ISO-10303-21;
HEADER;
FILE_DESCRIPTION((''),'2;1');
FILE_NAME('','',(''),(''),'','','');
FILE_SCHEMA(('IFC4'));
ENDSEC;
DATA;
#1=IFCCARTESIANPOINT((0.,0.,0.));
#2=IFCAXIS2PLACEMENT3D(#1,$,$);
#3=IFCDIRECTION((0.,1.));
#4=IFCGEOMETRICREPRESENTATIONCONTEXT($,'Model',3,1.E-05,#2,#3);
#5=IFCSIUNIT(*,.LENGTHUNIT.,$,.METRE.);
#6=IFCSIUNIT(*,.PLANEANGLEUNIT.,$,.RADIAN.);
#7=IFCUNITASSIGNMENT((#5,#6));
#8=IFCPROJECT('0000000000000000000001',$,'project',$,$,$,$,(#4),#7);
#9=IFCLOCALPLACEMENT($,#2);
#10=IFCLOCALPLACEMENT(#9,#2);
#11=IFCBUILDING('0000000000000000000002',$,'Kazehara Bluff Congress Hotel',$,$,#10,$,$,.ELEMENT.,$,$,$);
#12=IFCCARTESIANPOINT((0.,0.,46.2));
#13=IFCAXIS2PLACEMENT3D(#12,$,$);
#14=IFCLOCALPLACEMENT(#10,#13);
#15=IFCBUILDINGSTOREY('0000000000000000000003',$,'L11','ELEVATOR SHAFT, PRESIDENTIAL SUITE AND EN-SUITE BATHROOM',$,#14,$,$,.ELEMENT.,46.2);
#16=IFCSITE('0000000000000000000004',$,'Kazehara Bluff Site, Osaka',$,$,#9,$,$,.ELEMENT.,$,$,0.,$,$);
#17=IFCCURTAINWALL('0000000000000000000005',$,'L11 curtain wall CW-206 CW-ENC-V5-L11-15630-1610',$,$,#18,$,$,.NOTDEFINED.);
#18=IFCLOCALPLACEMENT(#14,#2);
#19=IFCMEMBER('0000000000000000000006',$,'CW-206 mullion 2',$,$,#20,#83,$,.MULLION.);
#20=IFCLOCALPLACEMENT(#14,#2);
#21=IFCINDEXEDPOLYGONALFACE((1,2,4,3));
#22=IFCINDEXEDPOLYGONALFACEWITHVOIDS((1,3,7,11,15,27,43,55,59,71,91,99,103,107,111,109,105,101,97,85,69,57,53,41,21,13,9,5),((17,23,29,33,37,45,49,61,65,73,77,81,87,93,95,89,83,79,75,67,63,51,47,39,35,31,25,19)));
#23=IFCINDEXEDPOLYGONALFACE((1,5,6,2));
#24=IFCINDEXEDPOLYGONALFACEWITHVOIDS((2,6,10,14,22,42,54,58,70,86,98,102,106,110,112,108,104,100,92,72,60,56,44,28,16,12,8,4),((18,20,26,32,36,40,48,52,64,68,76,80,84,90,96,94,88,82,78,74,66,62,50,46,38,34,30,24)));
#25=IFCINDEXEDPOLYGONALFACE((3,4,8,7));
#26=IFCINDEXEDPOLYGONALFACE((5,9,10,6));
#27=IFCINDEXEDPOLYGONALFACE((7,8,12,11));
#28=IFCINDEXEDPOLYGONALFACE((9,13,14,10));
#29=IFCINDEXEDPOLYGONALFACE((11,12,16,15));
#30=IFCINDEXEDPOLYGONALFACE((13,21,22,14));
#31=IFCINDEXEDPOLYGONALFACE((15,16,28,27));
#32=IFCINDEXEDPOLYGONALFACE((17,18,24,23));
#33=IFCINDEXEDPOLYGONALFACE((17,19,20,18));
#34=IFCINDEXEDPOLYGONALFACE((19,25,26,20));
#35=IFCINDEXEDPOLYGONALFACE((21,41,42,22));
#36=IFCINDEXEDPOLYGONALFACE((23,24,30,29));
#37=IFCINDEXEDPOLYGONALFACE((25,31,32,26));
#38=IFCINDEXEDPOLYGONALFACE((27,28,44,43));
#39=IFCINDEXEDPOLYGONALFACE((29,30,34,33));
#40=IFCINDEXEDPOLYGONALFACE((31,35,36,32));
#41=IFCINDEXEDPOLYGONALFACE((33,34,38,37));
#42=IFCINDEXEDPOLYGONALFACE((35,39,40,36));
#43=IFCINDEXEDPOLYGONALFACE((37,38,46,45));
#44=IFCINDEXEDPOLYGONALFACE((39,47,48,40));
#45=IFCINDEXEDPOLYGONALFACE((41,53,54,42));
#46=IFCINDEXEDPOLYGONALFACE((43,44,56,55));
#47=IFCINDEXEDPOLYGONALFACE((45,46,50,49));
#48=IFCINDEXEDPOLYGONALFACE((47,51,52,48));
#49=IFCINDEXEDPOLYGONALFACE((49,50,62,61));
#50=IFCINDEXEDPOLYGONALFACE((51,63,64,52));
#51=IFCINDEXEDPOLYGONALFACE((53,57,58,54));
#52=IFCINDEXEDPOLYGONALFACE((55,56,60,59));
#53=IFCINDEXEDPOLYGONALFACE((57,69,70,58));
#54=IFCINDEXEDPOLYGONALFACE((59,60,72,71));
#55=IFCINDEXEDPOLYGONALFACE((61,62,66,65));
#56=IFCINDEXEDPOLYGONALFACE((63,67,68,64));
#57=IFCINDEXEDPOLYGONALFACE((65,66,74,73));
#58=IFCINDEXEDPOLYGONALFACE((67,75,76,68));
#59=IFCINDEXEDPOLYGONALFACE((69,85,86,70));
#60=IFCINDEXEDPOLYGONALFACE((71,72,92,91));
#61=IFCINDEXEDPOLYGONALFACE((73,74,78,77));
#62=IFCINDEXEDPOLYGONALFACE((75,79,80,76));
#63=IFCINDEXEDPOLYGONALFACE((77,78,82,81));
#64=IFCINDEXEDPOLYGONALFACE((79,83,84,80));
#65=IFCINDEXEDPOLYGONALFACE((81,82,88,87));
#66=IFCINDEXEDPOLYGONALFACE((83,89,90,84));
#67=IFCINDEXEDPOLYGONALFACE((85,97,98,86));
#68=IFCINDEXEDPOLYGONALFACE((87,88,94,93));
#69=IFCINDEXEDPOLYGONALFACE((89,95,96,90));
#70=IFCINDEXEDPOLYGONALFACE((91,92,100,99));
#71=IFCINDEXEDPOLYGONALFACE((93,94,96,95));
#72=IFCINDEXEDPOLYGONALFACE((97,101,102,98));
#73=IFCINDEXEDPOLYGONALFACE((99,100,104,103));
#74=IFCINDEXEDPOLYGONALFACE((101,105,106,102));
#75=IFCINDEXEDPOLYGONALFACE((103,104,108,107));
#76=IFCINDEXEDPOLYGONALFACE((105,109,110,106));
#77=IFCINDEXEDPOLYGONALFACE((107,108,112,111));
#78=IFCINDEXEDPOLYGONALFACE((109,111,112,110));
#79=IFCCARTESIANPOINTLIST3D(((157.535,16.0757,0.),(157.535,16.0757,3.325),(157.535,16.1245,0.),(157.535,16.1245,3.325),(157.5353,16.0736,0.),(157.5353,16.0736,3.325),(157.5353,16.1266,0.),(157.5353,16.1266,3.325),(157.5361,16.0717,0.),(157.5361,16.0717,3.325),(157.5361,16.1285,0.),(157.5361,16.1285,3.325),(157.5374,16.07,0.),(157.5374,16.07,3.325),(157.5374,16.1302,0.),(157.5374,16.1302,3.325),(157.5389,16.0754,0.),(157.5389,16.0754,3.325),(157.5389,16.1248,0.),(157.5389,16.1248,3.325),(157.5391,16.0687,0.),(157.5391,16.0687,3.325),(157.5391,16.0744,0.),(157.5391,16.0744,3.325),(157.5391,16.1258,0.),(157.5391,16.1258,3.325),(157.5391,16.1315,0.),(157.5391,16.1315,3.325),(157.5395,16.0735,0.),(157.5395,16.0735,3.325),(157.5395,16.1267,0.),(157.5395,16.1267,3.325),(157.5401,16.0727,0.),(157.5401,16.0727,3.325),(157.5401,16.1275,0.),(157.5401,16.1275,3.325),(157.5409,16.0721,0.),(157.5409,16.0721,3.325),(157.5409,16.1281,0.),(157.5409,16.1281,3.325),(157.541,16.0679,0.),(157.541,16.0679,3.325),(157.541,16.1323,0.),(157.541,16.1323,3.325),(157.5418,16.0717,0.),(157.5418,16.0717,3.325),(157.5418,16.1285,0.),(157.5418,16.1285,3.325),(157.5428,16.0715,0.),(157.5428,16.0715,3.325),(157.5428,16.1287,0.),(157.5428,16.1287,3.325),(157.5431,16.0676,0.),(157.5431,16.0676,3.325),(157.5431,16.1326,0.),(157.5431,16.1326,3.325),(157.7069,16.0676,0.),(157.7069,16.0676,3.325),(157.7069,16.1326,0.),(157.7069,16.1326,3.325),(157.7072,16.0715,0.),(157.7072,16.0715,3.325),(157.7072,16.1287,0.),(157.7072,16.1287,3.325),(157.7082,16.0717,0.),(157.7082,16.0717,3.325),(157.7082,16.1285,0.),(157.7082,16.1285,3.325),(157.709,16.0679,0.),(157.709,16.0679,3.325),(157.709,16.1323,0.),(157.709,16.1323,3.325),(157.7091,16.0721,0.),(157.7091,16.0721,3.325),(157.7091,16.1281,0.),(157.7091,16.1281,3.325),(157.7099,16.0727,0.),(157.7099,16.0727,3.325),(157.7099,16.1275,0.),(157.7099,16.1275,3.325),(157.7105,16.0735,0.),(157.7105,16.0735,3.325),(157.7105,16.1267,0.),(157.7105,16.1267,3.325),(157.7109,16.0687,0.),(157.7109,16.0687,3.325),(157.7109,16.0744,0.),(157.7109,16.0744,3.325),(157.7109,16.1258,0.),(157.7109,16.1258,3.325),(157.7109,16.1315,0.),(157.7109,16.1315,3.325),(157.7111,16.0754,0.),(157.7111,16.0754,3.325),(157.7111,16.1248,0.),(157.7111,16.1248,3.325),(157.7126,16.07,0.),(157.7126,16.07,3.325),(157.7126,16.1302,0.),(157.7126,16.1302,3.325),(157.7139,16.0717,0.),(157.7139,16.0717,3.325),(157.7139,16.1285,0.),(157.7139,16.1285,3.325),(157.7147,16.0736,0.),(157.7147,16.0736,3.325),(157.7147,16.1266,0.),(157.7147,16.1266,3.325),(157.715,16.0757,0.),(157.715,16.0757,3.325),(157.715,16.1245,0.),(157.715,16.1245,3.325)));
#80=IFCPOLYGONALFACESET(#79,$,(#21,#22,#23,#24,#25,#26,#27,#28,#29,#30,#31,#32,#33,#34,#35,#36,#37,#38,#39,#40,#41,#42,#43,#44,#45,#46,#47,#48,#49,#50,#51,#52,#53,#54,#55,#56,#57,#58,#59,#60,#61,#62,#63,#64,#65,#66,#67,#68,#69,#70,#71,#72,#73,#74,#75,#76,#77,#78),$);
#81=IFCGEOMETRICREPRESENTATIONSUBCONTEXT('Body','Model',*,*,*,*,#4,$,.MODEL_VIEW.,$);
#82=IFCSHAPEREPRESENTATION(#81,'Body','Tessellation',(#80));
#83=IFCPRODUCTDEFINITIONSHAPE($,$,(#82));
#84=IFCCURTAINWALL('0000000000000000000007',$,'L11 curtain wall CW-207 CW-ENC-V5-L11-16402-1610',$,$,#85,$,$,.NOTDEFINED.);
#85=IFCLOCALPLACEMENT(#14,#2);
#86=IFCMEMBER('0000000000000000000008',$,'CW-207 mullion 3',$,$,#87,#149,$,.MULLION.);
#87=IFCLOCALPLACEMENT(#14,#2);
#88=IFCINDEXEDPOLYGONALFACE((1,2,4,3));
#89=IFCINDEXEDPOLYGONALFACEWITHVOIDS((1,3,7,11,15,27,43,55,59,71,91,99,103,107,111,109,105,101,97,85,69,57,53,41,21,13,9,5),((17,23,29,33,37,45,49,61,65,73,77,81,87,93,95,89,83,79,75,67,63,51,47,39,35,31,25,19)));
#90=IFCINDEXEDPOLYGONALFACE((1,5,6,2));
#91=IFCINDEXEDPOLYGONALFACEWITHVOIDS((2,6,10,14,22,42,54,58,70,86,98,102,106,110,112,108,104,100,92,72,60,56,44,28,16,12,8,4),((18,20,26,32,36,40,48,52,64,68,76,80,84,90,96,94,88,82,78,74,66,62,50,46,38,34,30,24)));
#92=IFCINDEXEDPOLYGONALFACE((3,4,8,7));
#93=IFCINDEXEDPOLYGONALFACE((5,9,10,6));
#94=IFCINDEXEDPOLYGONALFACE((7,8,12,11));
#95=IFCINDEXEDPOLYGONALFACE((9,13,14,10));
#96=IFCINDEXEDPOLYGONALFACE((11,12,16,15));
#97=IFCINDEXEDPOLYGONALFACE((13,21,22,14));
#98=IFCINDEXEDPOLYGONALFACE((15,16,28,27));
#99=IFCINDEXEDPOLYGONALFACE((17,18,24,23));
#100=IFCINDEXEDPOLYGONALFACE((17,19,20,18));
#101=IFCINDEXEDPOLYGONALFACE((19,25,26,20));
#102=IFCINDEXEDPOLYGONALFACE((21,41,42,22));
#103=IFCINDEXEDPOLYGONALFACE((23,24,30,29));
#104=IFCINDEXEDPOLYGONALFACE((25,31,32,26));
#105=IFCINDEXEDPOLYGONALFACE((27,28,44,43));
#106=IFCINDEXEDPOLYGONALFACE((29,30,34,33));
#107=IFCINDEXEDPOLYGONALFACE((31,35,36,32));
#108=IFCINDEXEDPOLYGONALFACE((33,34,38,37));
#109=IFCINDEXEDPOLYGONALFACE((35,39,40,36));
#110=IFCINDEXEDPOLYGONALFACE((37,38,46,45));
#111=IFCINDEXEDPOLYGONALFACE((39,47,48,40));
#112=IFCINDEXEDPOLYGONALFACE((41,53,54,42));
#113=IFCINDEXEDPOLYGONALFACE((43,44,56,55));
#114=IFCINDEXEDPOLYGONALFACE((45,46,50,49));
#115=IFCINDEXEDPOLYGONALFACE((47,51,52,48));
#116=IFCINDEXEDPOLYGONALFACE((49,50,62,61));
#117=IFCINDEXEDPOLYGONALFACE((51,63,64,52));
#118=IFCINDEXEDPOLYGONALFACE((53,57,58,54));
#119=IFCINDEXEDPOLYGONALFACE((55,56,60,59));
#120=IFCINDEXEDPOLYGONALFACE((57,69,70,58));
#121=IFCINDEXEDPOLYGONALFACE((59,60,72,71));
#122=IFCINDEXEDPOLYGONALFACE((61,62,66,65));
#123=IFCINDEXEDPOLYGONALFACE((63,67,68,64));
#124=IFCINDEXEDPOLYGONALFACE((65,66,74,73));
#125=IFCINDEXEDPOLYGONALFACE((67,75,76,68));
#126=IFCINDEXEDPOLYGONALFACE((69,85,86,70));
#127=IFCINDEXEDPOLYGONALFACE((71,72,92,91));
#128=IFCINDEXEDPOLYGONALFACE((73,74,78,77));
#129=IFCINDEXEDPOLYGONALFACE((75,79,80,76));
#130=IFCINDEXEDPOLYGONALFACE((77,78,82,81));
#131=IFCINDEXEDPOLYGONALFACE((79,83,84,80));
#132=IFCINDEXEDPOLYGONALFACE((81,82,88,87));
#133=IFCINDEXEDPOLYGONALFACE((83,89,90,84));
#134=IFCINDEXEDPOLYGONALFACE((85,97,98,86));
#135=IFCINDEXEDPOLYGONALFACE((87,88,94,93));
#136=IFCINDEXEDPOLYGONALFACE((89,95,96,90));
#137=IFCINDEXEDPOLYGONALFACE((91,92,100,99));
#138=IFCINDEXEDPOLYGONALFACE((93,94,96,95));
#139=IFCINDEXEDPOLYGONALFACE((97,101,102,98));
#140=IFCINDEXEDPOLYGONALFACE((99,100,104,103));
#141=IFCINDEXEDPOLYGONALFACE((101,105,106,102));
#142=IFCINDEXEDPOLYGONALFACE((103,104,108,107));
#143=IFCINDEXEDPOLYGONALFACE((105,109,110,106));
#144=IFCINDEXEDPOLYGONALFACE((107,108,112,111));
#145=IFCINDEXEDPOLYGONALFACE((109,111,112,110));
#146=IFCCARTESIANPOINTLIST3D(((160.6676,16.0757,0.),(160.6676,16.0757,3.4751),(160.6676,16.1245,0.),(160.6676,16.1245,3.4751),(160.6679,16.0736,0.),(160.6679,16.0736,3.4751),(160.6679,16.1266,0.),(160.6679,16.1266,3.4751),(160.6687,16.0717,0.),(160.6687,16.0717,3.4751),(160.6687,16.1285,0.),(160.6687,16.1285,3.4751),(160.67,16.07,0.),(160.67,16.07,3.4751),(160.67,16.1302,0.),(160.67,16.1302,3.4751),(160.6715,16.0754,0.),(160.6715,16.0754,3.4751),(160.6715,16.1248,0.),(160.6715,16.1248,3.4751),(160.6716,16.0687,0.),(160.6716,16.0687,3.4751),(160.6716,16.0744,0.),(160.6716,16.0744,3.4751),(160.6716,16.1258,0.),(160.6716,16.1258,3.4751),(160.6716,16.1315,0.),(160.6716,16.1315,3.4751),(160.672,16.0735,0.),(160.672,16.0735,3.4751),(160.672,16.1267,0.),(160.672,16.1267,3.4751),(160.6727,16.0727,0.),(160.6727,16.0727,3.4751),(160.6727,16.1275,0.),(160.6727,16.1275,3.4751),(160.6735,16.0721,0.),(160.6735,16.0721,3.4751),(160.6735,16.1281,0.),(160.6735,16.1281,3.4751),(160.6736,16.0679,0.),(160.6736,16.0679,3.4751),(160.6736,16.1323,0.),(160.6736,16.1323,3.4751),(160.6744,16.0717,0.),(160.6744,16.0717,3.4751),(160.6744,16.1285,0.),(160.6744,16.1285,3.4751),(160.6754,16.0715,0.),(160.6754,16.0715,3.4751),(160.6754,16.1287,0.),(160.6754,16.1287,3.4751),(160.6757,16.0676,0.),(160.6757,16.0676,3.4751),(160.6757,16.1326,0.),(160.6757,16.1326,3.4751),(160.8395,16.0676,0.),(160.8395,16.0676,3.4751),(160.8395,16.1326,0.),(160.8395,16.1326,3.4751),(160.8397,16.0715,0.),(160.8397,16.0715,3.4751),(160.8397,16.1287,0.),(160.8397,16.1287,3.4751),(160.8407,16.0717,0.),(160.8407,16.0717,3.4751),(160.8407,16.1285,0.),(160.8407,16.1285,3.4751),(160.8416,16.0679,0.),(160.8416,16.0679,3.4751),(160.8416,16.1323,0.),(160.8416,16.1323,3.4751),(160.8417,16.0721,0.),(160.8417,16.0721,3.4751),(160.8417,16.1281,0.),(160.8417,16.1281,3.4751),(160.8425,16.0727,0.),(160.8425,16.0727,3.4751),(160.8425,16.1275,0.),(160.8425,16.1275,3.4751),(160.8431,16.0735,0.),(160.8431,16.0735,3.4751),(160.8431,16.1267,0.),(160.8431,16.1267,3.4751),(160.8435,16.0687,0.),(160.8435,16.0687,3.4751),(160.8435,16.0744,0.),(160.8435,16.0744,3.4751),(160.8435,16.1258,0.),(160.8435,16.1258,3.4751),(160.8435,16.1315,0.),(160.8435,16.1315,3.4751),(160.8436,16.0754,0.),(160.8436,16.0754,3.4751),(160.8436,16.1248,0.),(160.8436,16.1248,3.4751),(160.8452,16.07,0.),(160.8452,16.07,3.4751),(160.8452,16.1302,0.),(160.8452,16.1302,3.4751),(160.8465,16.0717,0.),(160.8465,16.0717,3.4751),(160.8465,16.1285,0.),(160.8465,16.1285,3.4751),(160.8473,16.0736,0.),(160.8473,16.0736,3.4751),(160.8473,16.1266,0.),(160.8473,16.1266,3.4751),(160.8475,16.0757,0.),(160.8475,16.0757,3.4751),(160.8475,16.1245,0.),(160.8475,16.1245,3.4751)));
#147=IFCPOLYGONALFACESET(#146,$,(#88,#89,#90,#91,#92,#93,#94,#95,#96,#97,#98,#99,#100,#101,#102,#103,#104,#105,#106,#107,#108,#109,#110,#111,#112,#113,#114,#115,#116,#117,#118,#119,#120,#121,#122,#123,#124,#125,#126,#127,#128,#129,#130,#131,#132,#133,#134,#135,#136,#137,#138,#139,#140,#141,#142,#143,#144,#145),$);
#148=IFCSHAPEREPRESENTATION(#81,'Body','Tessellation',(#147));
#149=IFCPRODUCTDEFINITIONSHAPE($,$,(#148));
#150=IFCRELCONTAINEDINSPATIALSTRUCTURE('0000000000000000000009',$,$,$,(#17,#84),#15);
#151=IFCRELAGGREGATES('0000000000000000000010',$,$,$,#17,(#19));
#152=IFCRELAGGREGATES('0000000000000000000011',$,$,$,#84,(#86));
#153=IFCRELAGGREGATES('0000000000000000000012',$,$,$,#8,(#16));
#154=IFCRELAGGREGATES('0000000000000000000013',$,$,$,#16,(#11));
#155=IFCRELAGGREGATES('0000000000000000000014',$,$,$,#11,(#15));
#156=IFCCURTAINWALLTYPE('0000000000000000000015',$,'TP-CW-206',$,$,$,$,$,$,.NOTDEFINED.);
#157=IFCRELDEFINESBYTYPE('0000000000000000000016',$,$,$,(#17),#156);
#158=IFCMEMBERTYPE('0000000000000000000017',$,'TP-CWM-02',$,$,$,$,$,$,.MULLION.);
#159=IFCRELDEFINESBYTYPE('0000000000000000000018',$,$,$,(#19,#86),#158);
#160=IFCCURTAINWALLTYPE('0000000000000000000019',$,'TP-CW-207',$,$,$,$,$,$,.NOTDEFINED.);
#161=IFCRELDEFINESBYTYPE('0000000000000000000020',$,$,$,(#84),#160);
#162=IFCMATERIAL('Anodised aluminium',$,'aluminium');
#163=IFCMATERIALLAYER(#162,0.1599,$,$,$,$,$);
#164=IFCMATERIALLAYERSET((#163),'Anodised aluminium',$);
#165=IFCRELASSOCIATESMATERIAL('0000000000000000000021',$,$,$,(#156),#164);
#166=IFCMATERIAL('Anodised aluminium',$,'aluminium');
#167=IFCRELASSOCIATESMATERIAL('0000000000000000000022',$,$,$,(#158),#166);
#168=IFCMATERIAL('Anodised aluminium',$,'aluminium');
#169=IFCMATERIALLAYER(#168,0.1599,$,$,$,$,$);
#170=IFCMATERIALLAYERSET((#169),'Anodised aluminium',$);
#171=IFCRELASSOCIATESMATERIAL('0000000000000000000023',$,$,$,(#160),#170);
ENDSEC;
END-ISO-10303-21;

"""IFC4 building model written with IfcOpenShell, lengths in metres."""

from ifc_helpers import new_model, si_unit, direction, frame, origin, origin_2d, place, context, subcontext, project, spatial, hollow_rectangle, extrude, material, layer, layer_set, material_profile, profile_set, type_object, element, aggregate, save


model = new_model("IFC4")

# Units and contexts
model_context = context("Model", 3, precision=1e-05, world=origin(), true_north=direction((0.0, 1.0)))
body_context = subcontext(model_context, "Body", "Model", "MODEL_VIEW")
ifc_project = project(units=[si_unit("LENGTHUNIT", "METRE"), si_unit("PLANEANGLEUNIT", "RADIAN")], contexts=[model_context])

# Site, building, storey
site_placement = place(None, origin())
site = spatial("IfcSite", under=ifc_project, at=site_placement, Name="Kazehara Bluff Site, Osaka", CompositionType="ELEMENT", RefElevation=0.0)
building_placement = place(site_placement, origin())
building = spatial("IfcBuilding", under=site, at=building_placement, Name="Kazehara Bluff Congress Hotel", CompositionType="ELEMENT")
storey_placement = place(building_placement, frame((0.0, 0.0, 46.2)))
storey = spatial("IfcBuildingStorey", under=building, at=storey_placement, Name="L11", Description="ELEVATOR SHAFT, PRESIDENTIAL SUITE AND EN-SUITE BATHROOM", CompositionType="ELEMENT", Elevation=46.2)

# Curtain wall, member
ifc_material_1 = material(Name="Anodised aluminium", Category="aluminium")
ifc_layer_1 = layer(ifc_material_1, 0.1599)
ifc_layer_set_1 = layer_set([ifc_layer_1], Name="Anodised aluminium")
curtain_wall_type_1 = type_object("IfcCurtainWallType", Name="TP-CW-206", PredefinedType="NOTDEFINED", material=ifc_layer_set_1)
curtain_wall_1_placement = place(storey_placement, origin())
curtain_wall_1 = element("IfcCurtainWall", 1, at=curtain_wall_1_placement, inside=storey, type_object=curtain_wall_type_1, Name="L11 curtain wall CW-206 CW-ENC-V5-L11-15630-1610", PredefinedType="NOTDEFINED")
ifc_material_2 = material(Name="Anodised aluminium", Category="aluminium")
ifc_material_profile_1 = material_profile(ifc_material_2, hollow_rectangle(XDim=0.0649, YDim=0.1799, WallThickness=0.0039, InnerFilletRadius=0.0039, OuterFilletRadius=0.0081, at=origin_2d()))
ifc_profile_set_1 = profile_set([ifc_material_profile_1], Name="Anodised aluminium")
member_type_1 = type_object("IfcMemberType", Name="TP-CWM-02", PredefinedType="MULLION", material=ifc_profile_set_1)
member_1_placement = place(storey_placement, frame((157.625, 16.1001, 0.0), z_axis=(0.0, 0.0, 1.0), x_axis=(0.0, -1.0, 0.0)))
member_1 = element("IfcMember", 2, at=member_1_placement, type_object=member_type_1, Name="CW-206 mullion 2", PredefinedType="MULLION", context=body_context, shape_type="SweptSolid", body=[
    extrude(hollow_rectangle(XDim=0.0649, YDim=0.1799, WallThickness=0.0039, InnerFilletRadius=0.0039, OuterFilletRadius=0.0081, at=origin_2d()), origin(), (0.0, 0.0, 1.0), 3.325),
])

# Curtain wall, member
ifc_material_3 = material(Name="Anodised aluminium", Category="aluminium")
ifc_layer_2 = layer(ifc_material_3, 0.1599)
ifc_layer_set_2 = layer_set([ifc_layer_2], Name="Anodised aluminium")
curtain_wall_type_2 = type_object("IfcCurtainWallType", Name="TP-CW-207", PredefinedType="NOTDEFINED", material=ifc_layer_set_2)
curtain_wall_2_placement = place(storey_placement, origin())
curtain_wall_2 = element("IfcCurtainWall", 3, at=curtain_wall_2_placement, inside=storey, type_object=curtain_wall_type_2, Name="L11 curtain wall CW-207 CW-ENC-V5-L11-16402-1610", PredefinedType="NOTDEFINED")
member_2_placement = place(storey_placement, frame((160.7576, 16.1001, 0.0), z_axis=(0.0, 0.0, 1.0), x_axis=(0.0, -1.0, 0.0)))
member_2 = element("IfcMember", 4, at=member_2_placement, type_object=member_type_1, Name="CW-207 mullion 3", PredefinedType="MULLION", context=body_context, shape_type="SweptSolid", body=[
    extrude(hollow_rectangle(XDim=0.0649, YDim=0.1799, WallThickness=0.0039, InnerFilletRadius=0.0039, OuterFilletRadius=0.0081, at=origin_2d()), origin(), (0.0, 0.0, 1.0), 3.4751),
])

aggregate(curtain_wall_1, [member_1])
aggregate(curtain_wall_2, [member_2])

save(model, "model.ifc")
